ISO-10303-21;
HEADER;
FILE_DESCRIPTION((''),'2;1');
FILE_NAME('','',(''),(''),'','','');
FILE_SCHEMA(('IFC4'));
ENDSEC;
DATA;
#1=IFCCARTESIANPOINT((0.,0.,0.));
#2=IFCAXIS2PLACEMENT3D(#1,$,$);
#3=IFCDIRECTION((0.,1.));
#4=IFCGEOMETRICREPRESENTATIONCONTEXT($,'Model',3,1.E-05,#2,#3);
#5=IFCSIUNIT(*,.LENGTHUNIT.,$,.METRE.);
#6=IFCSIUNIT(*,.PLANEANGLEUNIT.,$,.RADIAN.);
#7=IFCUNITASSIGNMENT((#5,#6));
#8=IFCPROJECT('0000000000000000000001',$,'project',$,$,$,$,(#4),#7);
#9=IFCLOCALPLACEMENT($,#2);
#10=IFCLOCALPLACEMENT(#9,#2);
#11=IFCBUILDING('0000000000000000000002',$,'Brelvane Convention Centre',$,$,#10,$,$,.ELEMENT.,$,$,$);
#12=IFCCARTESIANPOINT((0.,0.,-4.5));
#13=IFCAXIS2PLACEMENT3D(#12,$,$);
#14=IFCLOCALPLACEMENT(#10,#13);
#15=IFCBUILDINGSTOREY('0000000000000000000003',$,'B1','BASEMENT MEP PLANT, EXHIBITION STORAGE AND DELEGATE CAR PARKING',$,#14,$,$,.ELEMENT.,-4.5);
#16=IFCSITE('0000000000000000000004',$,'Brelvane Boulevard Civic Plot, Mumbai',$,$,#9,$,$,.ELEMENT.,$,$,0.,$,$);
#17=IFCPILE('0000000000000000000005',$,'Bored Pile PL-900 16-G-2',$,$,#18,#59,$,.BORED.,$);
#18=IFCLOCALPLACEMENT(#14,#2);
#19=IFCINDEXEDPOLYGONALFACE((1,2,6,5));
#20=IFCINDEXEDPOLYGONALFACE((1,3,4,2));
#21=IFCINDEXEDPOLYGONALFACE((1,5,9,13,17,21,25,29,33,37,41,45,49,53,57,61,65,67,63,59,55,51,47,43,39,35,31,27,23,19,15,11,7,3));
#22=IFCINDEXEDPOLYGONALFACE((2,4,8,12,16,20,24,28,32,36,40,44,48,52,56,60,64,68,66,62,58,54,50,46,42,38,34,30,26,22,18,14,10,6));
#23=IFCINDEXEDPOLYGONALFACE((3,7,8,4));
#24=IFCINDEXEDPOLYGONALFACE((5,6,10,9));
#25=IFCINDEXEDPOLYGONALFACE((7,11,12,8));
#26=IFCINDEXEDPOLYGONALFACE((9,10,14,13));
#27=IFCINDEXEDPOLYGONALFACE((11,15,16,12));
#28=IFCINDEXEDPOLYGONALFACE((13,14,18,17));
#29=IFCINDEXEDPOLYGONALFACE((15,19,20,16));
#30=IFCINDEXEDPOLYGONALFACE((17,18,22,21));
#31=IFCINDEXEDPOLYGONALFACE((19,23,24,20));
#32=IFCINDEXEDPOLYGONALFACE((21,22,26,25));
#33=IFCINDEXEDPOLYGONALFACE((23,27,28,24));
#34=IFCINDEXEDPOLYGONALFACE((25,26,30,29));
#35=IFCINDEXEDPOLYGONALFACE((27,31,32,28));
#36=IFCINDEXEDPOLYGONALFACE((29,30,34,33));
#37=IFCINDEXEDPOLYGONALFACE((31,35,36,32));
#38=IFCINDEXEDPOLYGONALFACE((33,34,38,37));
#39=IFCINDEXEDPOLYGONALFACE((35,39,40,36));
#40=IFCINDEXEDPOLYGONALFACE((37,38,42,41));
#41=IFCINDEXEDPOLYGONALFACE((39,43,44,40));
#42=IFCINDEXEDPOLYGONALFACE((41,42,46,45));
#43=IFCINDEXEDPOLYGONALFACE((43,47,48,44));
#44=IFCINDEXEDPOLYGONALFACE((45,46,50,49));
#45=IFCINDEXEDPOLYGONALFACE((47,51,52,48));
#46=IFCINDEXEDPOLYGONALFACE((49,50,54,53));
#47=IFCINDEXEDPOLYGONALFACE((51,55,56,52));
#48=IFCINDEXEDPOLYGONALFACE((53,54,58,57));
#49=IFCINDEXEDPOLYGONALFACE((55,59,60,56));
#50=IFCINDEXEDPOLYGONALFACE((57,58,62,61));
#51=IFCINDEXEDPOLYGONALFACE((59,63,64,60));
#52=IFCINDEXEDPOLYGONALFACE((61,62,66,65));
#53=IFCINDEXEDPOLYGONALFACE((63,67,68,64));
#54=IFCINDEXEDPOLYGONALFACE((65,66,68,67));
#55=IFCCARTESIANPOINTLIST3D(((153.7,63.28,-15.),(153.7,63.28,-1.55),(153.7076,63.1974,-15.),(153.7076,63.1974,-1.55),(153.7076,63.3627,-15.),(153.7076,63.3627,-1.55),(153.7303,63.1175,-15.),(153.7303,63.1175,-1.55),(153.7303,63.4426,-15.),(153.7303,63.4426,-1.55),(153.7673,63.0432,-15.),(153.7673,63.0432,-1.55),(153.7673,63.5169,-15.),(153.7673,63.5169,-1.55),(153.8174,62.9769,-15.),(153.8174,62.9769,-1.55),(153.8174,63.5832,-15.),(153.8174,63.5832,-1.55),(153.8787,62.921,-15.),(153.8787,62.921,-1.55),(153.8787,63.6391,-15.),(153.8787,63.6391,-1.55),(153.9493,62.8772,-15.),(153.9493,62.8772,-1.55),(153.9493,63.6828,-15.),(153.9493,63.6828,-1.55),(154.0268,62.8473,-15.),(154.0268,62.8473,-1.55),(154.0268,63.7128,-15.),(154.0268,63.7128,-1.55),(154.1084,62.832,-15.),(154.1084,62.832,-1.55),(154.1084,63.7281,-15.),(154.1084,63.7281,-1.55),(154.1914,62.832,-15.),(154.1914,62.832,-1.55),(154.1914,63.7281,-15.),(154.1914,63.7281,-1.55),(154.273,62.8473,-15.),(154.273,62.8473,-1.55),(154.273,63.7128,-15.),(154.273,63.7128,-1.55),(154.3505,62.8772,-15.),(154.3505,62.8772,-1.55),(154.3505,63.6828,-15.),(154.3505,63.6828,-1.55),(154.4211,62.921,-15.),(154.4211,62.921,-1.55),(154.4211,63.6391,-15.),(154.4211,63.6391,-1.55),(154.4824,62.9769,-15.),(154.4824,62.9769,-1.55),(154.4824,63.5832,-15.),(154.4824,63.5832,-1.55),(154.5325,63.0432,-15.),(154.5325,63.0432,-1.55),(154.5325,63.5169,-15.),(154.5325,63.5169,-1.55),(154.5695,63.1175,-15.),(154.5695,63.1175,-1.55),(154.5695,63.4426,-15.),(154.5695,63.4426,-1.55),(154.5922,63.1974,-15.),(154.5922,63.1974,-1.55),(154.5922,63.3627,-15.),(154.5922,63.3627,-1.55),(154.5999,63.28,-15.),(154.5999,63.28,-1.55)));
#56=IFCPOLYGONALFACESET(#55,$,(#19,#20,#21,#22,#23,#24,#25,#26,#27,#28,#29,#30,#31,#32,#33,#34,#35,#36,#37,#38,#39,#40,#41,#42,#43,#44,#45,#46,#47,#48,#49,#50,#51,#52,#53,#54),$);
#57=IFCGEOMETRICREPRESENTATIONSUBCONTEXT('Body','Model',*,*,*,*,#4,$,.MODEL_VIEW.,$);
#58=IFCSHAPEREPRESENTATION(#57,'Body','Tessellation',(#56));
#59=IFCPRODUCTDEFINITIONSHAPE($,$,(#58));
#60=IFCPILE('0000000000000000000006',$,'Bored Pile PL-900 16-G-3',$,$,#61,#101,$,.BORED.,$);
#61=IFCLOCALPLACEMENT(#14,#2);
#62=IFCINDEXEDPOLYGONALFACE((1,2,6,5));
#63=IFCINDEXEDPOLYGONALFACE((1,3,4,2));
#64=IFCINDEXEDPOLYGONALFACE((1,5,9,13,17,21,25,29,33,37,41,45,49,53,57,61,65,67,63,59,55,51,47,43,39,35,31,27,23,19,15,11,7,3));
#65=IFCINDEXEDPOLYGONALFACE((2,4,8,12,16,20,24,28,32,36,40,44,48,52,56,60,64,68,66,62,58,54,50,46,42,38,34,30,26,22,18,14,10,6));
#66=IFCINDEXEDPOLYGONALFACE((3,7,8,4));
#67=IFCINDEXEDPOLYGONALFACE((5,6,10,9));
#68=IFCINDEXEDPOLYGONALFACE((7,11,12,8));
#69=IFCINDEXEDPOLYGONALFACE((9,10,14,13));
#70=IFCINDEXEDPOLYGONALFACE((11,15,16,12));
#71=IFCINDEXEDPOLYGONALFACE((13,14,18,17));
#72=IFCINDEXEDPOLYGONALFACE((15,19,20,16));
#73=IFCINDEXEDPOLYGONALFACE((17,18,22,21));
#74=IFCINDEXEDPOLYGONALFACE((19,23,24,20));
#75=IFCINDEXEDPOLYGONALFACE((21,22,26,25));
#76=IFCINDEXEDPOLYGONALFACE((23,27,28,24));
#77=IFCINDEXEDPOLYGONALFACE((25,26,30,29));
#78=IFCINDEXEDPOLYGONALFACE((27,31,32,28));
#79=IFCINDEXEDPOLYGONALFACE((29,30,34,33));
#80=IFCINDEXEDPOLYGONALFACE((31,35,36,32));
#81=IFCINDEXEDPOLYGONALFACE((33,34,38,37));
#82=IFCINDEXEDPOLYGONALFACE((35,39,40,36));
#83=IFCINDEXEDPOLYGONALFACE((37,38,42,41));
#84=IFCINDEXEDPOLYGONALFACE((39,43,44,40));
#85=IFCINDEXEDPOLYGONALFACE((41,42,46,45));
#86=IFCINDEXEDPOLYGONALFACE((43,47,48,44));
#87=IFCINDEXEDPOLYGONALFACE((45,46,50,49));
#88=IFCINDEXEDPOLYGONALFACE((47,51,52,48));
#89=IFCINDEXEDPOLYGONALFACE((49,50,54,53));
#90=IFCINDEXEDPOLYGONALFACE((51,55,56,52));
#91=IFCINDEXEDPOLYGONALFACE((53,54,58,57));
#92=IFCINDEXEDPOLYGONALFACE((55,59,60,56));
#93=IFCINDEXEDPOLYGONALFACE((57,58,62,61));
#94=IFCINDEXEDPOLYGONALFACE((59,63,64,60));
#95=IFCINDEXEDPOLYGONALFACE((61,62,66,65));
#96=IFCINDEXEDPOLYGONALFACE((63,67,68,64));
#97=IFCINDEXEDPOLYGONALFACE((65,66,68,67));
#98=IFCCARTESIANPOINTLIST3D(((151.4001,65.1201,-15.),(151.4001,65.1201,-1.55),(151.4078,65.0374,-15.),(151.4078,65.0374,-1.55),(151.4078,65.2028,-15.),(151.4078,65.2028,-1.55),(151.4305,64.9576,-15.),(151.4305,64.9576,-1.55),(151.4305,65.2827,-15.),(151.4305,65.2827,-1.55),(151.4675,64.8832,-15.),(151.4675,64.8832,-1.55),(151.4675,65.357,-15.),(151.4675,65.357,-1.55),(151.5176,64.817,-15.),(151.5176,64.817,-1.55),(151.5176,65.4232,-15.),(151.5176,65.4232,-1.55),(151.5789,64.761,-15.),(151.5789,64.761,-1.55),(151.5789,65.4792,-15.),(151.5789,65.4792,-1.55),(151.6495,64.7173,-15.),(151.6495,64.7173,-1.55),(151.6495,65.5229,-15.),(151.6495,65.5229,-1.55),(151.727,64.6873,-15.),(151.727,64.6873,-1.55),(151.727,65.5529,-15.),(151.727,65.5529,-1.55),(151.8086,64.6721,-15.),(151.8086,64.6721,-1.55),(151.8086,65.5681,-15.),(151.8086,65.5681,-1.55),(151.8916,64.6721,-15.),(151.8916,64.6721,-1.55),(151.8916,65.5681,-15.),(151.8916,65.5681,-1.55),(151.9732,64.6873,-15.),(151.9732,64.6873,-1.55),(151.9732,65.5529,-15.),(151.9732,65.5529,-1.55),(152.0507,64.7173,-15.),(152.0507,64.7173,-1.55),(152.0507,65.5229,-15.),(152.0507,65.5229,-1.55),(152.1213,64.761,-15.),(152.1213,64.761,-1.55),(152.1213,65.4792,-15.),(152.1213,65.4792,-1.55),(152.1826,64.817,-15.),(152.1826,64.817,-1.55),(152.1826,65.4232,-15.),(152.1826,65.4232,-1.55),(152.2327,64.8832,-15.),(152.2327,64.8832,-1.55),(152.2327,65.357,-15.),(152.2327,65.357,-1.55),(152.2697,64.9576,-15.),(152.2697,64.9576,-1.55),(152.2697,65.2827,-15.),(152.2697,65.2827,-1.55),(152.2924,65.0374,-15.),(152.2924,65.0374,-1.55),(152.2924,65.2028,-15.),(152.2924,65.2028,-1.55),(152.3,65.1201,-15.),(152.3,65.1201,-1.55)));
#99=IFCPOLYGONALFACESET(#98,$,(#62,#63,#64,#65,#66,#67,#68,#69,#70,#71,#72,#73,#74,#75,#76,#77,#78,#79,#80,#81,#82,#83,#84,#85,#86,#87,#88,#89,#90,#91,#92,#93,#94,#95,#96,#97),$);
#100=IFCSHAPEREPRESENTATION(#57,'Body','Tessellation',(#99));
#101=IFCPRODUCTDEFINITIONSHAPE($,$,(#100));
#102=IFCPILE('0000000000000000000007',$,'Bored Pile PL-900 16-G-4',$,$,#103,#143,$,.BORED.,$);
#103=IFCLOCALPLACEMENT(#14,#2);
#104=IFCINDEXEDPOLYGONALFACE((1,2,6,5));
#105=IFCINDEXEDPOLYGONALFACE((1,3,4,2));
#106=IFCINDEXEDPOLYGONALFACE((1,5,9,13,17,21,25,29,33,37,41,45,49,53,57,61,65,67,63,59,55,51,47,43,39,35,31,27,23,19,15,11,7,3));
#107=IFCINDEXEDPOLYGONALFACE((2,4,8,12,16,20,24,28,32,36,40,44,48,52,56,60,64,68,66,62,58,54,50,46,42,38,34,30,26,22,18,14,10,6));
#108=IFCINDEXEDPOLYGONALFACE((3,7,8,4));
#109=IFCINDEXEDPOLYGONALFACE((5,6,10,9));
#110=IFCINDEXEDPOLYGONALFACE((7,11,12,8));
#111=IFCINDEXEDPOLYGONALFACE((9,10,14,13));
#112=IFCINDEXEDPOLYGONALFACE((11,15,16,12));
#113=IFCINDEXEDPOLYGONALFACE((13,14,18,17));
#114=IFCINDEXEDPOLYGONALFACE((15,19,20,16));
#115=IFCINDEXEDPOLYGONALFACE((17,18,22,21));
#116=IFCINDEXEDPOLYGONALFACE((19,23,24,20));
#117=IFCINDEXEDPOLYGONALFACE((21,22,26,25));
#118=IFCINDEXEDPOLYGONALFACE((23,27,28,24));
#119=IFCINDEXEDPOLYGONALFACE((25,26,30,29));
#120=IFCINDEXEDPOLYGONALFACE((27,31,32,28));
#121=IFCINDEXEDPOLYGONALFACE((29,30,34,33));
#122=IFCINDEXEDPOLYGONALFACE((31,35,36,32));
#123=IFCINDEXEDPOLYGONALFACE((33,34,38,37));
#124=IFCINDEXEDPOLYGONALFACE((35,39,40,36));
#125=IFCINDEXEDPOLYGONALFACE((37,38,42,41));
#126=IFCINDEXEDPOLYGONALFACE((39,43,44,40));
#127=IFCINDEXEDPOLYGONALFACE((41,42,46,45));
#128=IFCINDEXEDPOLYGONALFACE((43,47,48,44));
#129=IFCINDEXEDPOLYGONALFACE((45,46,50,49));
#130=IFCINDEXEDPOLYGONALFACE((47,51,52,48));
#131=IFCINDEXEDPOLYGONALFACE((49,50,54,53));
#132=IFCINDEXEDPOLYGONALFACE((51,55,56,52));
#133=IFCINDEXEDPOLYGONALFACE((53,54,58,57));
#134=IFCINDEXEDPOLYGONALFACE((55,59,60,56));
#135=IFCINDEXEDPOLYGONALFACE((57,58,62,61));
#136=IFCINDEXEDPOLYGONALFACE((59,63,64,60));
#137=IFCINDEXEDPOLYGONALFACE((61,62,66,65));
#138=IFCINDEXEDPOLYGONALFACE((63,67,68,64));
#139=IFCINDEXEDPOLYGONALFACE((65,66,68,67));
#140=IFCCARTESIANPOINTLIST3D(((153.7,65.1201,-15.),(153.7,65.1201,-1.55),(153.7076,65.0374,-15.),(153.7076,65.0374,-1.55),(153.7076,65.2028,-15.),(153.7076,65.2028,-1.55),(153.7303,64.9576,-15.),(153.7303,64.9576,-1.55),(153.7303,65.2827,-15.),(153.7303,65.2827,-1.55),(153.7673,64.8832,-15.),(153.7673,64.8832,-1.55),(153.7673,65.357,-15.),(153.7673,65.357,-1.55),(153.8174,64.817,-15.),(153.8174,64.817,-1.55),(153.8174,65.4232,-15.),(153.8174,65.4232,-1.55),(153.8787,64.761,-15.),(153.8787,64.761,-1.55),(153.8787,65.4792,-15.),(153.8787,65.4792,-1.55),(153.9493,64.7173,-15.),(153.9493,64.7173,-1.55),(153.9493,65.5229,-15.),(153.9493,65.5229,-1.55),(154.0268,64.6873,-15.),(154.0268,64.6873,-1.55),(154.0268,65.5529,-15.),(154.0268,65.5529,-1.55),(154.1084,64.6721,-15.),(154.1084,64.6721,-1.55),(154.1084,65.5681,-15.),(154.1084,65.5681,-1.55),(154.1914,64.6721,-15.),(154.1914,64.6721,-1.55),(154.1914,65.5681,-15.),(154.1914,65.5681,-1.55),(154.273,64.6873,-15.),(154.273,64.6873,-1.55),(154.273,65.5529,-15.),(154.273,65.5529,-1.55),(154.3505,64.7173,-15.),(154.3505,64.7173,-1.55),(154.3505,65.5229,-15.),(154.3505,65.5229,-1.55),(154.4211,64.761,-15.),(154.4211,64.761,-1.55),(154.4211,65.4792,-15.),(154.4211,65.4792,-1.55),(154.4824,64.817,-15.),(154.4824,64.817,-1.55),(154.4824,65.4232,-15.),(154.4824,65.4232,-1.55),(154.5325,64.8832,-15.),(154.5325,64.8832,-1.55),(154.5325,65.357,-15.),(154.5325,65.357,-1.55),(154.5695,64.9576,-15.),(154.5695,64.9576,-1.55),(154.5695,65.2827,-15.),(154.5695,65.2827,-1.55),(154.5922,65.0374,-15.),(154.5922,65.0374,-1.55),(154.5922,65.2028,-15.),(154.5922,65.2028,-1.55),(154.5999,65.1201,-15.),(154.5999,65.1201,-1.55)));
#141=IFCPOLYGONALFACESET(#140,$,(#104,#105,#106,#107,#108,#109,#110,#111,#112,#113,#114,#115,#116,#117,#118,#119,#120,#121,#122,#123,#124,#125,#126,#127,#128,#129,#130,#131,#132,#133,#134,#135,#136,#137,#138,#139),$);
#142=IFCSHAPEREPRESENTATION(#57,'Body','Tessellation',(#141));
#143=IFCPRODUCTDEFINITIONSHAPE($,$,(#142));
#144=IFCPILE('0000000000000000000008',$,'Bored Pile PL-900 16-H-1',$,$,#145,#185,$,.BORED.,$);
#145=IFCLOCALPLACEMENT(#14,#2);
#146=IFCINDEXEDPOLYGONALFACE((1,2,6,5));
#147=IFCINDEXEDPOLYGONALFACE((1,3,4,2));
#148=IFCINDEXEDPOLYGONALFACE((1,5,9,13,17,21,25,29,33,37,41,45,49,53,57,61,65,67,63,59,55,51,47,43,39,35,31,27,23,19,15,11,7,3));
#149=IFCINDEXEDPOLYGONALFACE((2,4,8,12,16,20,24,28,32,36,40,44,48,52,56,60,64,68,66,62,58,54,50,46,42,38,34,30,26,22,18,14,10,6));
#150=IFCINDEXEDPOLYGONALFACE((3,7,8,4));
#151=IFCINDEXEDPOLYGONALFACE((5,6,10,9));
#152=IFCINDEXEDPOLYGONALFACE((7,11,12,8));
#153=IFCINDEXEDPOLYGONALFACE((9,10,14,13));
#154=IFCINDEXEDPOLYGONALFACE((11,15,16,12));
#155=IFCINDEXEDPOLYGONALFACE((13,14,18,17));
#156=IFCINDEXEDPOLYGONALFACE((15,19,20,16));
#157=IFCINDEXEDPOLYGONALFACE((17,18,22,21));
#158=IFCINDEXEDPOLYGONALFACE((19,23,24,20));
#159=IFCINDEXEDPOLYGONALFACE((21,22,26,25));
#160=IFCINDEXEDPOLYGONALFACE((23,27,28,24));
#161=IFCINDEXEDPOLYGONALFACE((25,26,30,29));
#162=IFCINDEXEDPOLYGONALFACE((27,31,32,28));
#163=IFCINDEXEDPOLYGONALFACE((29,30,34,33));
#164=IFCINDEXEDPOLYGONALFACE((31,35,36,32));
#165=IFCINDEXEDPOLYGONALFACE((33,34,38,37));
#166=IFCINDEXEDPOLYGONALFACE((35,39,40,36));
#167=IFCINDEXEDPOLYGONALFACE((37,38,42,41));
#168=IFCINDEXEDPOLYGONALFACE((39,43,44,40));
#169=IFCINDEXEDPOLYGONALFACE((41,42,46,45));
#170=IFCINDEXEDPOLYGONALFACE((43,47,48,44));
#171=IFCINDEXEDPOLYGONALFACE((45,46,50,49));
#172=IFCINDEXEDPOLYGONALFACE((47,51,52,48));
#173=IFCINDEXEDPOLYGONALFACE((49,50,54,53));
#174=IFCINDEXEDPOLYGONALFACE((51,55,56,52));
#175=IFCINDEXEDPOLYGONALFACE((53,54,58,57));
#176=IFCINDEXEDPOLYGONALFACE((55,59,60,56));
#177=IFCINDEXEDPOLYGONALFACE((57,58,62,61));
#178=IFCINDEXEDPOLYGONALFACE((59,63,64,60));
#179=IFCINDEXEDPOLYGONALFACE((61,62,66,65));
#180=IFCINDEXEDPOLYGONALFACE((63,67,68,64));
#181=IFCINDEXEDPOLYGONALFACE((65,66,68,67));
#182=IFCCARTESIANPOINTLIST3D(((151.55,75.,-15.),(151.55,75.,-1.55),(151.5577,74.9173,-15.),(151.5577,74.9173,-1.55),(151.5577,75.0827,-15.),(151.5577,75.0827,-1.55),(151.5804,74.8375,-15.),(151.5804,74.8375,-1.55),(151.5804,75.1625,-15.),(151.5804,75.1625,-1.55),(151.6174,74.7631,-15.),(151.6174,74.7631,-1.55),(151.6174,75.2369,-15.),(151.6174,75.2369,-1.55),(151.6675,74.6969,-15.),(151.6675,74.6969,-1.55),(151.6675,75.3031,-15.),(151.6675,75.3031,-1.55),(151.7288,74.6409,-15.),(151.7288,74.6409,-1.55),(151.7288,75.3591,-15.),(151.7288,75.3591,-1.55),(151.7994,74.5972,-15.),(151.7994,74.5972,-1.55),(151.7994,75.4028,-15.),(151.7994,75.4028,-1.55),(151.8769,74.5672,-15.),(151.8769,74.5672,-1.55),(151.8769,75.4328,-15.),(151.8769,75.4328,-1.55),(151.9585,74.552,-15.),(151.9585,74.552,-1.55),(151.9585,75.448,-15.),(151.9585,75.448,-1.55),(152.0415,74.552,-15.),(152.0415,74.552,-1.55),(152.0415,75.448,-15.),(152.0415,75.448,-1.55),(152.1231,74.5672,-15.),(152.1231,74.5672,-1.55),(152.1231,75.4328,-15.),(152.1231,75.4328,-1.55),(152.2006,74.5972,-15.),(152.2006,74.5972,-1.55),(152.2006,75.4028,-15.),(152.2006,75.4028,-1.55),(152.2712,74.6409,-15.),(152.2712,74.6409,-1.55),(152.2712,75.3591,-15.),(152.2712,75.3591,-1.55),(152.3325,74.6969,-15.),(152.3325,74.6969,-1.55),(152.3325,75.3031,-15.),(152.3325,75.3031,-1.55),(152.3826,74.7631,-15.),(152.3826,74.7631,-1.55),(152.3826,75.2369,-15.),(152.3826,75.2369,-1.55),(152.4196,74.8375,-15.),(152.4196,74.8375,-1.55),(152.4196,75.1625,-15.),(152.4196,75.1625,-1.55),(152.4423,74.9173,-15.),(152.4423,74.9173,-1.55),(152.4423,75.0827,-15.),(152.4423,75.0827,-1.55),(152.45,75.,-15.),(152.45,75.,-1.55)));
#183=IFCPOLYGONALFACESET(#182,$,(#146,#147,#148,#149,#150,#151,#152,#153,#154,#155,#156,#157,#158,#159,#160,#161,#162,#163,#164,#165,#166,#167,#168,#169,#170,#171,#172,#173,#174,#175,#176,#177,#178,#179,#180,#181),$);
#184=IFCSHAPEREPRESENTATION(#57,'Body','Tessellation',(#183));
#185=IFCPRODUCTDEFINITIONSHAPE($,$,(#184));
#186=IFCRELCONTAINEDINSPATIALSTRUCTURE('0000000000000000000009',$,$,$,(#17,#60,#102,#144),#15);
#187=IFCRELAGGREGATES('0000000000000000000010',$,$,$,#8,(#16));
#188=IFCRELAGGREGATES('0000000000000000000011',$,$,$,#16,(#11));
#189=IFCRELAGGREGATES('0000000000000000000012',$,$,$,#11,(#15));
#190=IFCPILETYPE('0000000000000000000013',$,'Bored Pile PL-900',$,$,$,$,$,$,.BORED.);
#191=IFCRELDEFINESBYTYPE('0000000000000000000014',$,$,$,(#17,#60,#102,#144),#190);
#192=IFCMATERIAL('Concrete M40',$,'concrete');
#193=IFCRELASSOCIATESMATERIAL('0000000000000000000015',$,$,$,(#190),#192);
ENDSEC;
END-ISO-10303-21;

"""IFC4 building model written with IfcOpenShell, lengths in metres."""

from ifc_helpers import new_model, si_unit, direction, frame, origin, origin_2d, place, context, subcontext, project, spatial, circle, extrude, material, material_profile, profile_set, type_object, element, save


model = new_model("IFC4")

# Units and contexts
model_context = context("Model", 3, precision=1e-05, world=origin(), true_north=direction((0.0, 1.0)))
body_context = subcontext(model_context, "Body", "Model", "MODEL_VIEW")
ifc_project = project(units=[si_unit("LENGTHUNIT", "METRE"), si_unit("PLANEANGLEUNIT", "RADIAN")], contexts=[model_context])

# Site, building, storey
site_placement = place(None, origin())
site = spatial("IfcSite", under=ifc_project, at=site_placement, Name="Brelvane Boulevard Civic Plot, Mumbai", CompositionType="ELEMENT", RefElevation=0.0)
building_placement = place(site_placement, origin())
building = spatial("IfcBuilding", under=site, at=building_placement, Name="Brelvane Convention Centre", CompositionType="ELEMENT")
storey_placement = place(building_placement, frame((0.0, 0.0, -4.5)))
storey = spatial("IfcBuildingStorey", under=building, at=storey_placement, Name="B1", Description="BASEMENT MEP PLANT, EXHIBITION STORAGE AND DELEGATE CAR PARKING", CompositionType="ELEMENT", Elevation=-4.5)

# Piles
ifc_material_1 = material(Name="Concrete M40", Category="concrete")
ifc_material_profile_1 = material_profile(ifc_material_1, circle(Radius=0.45, at=origin_2d()), Name="PILE D900")
ifc_profile_set_1 = profile_set([ifc_material_profile_1], Name="Concrete M40")
pile_type_1 = type_object("IfcPileType", Name="Bored Pile PL-900", PredefinedType="BORED", material=ifc_profile_set_1)
for number, where, z_axis, x_axis, name in (
    (1, (154.1499, 63.28, -1.55), (0.0, 0.0, -1.0), (1.0, 0.0, 0.0), "Bored Pile PL-900 16-G-2"),
    (2, (151.8501, 65.1201, -1.55), (0.0, 0.0, -1.0), (1.0, 0.0, 0.0), "Bored Pile PL-900 16-G-3"),
    (3, (154.1499, 65.1201, -1.55), (0.0, 0.0, -1.0), (1.0, 0.0, 0.0), "Bored Pile PL-900 16-G-4"),
    (4, (152.0, 75.0, -1.55), (0.0, 0.0, -1.0), (1.0, 0.0, 0.0), "Bored Pile PL-900 16-H-1"),
):
    element("IfcPile", number, at=place(storey_placement, frame(where, z_axis=z_axis, x_axis=x_axis)), inside=storey, type_object=pile_type_1, Name=name, PredefinedType="BORED", context=body_context, shape_type="SweptSolid", body=[
        extrude(circle(Radius=0.45, at=origin_2d()), origin(), (0.0, 0.0, 1.0), 13.45),
    ])

save(model, "model.ifc")
